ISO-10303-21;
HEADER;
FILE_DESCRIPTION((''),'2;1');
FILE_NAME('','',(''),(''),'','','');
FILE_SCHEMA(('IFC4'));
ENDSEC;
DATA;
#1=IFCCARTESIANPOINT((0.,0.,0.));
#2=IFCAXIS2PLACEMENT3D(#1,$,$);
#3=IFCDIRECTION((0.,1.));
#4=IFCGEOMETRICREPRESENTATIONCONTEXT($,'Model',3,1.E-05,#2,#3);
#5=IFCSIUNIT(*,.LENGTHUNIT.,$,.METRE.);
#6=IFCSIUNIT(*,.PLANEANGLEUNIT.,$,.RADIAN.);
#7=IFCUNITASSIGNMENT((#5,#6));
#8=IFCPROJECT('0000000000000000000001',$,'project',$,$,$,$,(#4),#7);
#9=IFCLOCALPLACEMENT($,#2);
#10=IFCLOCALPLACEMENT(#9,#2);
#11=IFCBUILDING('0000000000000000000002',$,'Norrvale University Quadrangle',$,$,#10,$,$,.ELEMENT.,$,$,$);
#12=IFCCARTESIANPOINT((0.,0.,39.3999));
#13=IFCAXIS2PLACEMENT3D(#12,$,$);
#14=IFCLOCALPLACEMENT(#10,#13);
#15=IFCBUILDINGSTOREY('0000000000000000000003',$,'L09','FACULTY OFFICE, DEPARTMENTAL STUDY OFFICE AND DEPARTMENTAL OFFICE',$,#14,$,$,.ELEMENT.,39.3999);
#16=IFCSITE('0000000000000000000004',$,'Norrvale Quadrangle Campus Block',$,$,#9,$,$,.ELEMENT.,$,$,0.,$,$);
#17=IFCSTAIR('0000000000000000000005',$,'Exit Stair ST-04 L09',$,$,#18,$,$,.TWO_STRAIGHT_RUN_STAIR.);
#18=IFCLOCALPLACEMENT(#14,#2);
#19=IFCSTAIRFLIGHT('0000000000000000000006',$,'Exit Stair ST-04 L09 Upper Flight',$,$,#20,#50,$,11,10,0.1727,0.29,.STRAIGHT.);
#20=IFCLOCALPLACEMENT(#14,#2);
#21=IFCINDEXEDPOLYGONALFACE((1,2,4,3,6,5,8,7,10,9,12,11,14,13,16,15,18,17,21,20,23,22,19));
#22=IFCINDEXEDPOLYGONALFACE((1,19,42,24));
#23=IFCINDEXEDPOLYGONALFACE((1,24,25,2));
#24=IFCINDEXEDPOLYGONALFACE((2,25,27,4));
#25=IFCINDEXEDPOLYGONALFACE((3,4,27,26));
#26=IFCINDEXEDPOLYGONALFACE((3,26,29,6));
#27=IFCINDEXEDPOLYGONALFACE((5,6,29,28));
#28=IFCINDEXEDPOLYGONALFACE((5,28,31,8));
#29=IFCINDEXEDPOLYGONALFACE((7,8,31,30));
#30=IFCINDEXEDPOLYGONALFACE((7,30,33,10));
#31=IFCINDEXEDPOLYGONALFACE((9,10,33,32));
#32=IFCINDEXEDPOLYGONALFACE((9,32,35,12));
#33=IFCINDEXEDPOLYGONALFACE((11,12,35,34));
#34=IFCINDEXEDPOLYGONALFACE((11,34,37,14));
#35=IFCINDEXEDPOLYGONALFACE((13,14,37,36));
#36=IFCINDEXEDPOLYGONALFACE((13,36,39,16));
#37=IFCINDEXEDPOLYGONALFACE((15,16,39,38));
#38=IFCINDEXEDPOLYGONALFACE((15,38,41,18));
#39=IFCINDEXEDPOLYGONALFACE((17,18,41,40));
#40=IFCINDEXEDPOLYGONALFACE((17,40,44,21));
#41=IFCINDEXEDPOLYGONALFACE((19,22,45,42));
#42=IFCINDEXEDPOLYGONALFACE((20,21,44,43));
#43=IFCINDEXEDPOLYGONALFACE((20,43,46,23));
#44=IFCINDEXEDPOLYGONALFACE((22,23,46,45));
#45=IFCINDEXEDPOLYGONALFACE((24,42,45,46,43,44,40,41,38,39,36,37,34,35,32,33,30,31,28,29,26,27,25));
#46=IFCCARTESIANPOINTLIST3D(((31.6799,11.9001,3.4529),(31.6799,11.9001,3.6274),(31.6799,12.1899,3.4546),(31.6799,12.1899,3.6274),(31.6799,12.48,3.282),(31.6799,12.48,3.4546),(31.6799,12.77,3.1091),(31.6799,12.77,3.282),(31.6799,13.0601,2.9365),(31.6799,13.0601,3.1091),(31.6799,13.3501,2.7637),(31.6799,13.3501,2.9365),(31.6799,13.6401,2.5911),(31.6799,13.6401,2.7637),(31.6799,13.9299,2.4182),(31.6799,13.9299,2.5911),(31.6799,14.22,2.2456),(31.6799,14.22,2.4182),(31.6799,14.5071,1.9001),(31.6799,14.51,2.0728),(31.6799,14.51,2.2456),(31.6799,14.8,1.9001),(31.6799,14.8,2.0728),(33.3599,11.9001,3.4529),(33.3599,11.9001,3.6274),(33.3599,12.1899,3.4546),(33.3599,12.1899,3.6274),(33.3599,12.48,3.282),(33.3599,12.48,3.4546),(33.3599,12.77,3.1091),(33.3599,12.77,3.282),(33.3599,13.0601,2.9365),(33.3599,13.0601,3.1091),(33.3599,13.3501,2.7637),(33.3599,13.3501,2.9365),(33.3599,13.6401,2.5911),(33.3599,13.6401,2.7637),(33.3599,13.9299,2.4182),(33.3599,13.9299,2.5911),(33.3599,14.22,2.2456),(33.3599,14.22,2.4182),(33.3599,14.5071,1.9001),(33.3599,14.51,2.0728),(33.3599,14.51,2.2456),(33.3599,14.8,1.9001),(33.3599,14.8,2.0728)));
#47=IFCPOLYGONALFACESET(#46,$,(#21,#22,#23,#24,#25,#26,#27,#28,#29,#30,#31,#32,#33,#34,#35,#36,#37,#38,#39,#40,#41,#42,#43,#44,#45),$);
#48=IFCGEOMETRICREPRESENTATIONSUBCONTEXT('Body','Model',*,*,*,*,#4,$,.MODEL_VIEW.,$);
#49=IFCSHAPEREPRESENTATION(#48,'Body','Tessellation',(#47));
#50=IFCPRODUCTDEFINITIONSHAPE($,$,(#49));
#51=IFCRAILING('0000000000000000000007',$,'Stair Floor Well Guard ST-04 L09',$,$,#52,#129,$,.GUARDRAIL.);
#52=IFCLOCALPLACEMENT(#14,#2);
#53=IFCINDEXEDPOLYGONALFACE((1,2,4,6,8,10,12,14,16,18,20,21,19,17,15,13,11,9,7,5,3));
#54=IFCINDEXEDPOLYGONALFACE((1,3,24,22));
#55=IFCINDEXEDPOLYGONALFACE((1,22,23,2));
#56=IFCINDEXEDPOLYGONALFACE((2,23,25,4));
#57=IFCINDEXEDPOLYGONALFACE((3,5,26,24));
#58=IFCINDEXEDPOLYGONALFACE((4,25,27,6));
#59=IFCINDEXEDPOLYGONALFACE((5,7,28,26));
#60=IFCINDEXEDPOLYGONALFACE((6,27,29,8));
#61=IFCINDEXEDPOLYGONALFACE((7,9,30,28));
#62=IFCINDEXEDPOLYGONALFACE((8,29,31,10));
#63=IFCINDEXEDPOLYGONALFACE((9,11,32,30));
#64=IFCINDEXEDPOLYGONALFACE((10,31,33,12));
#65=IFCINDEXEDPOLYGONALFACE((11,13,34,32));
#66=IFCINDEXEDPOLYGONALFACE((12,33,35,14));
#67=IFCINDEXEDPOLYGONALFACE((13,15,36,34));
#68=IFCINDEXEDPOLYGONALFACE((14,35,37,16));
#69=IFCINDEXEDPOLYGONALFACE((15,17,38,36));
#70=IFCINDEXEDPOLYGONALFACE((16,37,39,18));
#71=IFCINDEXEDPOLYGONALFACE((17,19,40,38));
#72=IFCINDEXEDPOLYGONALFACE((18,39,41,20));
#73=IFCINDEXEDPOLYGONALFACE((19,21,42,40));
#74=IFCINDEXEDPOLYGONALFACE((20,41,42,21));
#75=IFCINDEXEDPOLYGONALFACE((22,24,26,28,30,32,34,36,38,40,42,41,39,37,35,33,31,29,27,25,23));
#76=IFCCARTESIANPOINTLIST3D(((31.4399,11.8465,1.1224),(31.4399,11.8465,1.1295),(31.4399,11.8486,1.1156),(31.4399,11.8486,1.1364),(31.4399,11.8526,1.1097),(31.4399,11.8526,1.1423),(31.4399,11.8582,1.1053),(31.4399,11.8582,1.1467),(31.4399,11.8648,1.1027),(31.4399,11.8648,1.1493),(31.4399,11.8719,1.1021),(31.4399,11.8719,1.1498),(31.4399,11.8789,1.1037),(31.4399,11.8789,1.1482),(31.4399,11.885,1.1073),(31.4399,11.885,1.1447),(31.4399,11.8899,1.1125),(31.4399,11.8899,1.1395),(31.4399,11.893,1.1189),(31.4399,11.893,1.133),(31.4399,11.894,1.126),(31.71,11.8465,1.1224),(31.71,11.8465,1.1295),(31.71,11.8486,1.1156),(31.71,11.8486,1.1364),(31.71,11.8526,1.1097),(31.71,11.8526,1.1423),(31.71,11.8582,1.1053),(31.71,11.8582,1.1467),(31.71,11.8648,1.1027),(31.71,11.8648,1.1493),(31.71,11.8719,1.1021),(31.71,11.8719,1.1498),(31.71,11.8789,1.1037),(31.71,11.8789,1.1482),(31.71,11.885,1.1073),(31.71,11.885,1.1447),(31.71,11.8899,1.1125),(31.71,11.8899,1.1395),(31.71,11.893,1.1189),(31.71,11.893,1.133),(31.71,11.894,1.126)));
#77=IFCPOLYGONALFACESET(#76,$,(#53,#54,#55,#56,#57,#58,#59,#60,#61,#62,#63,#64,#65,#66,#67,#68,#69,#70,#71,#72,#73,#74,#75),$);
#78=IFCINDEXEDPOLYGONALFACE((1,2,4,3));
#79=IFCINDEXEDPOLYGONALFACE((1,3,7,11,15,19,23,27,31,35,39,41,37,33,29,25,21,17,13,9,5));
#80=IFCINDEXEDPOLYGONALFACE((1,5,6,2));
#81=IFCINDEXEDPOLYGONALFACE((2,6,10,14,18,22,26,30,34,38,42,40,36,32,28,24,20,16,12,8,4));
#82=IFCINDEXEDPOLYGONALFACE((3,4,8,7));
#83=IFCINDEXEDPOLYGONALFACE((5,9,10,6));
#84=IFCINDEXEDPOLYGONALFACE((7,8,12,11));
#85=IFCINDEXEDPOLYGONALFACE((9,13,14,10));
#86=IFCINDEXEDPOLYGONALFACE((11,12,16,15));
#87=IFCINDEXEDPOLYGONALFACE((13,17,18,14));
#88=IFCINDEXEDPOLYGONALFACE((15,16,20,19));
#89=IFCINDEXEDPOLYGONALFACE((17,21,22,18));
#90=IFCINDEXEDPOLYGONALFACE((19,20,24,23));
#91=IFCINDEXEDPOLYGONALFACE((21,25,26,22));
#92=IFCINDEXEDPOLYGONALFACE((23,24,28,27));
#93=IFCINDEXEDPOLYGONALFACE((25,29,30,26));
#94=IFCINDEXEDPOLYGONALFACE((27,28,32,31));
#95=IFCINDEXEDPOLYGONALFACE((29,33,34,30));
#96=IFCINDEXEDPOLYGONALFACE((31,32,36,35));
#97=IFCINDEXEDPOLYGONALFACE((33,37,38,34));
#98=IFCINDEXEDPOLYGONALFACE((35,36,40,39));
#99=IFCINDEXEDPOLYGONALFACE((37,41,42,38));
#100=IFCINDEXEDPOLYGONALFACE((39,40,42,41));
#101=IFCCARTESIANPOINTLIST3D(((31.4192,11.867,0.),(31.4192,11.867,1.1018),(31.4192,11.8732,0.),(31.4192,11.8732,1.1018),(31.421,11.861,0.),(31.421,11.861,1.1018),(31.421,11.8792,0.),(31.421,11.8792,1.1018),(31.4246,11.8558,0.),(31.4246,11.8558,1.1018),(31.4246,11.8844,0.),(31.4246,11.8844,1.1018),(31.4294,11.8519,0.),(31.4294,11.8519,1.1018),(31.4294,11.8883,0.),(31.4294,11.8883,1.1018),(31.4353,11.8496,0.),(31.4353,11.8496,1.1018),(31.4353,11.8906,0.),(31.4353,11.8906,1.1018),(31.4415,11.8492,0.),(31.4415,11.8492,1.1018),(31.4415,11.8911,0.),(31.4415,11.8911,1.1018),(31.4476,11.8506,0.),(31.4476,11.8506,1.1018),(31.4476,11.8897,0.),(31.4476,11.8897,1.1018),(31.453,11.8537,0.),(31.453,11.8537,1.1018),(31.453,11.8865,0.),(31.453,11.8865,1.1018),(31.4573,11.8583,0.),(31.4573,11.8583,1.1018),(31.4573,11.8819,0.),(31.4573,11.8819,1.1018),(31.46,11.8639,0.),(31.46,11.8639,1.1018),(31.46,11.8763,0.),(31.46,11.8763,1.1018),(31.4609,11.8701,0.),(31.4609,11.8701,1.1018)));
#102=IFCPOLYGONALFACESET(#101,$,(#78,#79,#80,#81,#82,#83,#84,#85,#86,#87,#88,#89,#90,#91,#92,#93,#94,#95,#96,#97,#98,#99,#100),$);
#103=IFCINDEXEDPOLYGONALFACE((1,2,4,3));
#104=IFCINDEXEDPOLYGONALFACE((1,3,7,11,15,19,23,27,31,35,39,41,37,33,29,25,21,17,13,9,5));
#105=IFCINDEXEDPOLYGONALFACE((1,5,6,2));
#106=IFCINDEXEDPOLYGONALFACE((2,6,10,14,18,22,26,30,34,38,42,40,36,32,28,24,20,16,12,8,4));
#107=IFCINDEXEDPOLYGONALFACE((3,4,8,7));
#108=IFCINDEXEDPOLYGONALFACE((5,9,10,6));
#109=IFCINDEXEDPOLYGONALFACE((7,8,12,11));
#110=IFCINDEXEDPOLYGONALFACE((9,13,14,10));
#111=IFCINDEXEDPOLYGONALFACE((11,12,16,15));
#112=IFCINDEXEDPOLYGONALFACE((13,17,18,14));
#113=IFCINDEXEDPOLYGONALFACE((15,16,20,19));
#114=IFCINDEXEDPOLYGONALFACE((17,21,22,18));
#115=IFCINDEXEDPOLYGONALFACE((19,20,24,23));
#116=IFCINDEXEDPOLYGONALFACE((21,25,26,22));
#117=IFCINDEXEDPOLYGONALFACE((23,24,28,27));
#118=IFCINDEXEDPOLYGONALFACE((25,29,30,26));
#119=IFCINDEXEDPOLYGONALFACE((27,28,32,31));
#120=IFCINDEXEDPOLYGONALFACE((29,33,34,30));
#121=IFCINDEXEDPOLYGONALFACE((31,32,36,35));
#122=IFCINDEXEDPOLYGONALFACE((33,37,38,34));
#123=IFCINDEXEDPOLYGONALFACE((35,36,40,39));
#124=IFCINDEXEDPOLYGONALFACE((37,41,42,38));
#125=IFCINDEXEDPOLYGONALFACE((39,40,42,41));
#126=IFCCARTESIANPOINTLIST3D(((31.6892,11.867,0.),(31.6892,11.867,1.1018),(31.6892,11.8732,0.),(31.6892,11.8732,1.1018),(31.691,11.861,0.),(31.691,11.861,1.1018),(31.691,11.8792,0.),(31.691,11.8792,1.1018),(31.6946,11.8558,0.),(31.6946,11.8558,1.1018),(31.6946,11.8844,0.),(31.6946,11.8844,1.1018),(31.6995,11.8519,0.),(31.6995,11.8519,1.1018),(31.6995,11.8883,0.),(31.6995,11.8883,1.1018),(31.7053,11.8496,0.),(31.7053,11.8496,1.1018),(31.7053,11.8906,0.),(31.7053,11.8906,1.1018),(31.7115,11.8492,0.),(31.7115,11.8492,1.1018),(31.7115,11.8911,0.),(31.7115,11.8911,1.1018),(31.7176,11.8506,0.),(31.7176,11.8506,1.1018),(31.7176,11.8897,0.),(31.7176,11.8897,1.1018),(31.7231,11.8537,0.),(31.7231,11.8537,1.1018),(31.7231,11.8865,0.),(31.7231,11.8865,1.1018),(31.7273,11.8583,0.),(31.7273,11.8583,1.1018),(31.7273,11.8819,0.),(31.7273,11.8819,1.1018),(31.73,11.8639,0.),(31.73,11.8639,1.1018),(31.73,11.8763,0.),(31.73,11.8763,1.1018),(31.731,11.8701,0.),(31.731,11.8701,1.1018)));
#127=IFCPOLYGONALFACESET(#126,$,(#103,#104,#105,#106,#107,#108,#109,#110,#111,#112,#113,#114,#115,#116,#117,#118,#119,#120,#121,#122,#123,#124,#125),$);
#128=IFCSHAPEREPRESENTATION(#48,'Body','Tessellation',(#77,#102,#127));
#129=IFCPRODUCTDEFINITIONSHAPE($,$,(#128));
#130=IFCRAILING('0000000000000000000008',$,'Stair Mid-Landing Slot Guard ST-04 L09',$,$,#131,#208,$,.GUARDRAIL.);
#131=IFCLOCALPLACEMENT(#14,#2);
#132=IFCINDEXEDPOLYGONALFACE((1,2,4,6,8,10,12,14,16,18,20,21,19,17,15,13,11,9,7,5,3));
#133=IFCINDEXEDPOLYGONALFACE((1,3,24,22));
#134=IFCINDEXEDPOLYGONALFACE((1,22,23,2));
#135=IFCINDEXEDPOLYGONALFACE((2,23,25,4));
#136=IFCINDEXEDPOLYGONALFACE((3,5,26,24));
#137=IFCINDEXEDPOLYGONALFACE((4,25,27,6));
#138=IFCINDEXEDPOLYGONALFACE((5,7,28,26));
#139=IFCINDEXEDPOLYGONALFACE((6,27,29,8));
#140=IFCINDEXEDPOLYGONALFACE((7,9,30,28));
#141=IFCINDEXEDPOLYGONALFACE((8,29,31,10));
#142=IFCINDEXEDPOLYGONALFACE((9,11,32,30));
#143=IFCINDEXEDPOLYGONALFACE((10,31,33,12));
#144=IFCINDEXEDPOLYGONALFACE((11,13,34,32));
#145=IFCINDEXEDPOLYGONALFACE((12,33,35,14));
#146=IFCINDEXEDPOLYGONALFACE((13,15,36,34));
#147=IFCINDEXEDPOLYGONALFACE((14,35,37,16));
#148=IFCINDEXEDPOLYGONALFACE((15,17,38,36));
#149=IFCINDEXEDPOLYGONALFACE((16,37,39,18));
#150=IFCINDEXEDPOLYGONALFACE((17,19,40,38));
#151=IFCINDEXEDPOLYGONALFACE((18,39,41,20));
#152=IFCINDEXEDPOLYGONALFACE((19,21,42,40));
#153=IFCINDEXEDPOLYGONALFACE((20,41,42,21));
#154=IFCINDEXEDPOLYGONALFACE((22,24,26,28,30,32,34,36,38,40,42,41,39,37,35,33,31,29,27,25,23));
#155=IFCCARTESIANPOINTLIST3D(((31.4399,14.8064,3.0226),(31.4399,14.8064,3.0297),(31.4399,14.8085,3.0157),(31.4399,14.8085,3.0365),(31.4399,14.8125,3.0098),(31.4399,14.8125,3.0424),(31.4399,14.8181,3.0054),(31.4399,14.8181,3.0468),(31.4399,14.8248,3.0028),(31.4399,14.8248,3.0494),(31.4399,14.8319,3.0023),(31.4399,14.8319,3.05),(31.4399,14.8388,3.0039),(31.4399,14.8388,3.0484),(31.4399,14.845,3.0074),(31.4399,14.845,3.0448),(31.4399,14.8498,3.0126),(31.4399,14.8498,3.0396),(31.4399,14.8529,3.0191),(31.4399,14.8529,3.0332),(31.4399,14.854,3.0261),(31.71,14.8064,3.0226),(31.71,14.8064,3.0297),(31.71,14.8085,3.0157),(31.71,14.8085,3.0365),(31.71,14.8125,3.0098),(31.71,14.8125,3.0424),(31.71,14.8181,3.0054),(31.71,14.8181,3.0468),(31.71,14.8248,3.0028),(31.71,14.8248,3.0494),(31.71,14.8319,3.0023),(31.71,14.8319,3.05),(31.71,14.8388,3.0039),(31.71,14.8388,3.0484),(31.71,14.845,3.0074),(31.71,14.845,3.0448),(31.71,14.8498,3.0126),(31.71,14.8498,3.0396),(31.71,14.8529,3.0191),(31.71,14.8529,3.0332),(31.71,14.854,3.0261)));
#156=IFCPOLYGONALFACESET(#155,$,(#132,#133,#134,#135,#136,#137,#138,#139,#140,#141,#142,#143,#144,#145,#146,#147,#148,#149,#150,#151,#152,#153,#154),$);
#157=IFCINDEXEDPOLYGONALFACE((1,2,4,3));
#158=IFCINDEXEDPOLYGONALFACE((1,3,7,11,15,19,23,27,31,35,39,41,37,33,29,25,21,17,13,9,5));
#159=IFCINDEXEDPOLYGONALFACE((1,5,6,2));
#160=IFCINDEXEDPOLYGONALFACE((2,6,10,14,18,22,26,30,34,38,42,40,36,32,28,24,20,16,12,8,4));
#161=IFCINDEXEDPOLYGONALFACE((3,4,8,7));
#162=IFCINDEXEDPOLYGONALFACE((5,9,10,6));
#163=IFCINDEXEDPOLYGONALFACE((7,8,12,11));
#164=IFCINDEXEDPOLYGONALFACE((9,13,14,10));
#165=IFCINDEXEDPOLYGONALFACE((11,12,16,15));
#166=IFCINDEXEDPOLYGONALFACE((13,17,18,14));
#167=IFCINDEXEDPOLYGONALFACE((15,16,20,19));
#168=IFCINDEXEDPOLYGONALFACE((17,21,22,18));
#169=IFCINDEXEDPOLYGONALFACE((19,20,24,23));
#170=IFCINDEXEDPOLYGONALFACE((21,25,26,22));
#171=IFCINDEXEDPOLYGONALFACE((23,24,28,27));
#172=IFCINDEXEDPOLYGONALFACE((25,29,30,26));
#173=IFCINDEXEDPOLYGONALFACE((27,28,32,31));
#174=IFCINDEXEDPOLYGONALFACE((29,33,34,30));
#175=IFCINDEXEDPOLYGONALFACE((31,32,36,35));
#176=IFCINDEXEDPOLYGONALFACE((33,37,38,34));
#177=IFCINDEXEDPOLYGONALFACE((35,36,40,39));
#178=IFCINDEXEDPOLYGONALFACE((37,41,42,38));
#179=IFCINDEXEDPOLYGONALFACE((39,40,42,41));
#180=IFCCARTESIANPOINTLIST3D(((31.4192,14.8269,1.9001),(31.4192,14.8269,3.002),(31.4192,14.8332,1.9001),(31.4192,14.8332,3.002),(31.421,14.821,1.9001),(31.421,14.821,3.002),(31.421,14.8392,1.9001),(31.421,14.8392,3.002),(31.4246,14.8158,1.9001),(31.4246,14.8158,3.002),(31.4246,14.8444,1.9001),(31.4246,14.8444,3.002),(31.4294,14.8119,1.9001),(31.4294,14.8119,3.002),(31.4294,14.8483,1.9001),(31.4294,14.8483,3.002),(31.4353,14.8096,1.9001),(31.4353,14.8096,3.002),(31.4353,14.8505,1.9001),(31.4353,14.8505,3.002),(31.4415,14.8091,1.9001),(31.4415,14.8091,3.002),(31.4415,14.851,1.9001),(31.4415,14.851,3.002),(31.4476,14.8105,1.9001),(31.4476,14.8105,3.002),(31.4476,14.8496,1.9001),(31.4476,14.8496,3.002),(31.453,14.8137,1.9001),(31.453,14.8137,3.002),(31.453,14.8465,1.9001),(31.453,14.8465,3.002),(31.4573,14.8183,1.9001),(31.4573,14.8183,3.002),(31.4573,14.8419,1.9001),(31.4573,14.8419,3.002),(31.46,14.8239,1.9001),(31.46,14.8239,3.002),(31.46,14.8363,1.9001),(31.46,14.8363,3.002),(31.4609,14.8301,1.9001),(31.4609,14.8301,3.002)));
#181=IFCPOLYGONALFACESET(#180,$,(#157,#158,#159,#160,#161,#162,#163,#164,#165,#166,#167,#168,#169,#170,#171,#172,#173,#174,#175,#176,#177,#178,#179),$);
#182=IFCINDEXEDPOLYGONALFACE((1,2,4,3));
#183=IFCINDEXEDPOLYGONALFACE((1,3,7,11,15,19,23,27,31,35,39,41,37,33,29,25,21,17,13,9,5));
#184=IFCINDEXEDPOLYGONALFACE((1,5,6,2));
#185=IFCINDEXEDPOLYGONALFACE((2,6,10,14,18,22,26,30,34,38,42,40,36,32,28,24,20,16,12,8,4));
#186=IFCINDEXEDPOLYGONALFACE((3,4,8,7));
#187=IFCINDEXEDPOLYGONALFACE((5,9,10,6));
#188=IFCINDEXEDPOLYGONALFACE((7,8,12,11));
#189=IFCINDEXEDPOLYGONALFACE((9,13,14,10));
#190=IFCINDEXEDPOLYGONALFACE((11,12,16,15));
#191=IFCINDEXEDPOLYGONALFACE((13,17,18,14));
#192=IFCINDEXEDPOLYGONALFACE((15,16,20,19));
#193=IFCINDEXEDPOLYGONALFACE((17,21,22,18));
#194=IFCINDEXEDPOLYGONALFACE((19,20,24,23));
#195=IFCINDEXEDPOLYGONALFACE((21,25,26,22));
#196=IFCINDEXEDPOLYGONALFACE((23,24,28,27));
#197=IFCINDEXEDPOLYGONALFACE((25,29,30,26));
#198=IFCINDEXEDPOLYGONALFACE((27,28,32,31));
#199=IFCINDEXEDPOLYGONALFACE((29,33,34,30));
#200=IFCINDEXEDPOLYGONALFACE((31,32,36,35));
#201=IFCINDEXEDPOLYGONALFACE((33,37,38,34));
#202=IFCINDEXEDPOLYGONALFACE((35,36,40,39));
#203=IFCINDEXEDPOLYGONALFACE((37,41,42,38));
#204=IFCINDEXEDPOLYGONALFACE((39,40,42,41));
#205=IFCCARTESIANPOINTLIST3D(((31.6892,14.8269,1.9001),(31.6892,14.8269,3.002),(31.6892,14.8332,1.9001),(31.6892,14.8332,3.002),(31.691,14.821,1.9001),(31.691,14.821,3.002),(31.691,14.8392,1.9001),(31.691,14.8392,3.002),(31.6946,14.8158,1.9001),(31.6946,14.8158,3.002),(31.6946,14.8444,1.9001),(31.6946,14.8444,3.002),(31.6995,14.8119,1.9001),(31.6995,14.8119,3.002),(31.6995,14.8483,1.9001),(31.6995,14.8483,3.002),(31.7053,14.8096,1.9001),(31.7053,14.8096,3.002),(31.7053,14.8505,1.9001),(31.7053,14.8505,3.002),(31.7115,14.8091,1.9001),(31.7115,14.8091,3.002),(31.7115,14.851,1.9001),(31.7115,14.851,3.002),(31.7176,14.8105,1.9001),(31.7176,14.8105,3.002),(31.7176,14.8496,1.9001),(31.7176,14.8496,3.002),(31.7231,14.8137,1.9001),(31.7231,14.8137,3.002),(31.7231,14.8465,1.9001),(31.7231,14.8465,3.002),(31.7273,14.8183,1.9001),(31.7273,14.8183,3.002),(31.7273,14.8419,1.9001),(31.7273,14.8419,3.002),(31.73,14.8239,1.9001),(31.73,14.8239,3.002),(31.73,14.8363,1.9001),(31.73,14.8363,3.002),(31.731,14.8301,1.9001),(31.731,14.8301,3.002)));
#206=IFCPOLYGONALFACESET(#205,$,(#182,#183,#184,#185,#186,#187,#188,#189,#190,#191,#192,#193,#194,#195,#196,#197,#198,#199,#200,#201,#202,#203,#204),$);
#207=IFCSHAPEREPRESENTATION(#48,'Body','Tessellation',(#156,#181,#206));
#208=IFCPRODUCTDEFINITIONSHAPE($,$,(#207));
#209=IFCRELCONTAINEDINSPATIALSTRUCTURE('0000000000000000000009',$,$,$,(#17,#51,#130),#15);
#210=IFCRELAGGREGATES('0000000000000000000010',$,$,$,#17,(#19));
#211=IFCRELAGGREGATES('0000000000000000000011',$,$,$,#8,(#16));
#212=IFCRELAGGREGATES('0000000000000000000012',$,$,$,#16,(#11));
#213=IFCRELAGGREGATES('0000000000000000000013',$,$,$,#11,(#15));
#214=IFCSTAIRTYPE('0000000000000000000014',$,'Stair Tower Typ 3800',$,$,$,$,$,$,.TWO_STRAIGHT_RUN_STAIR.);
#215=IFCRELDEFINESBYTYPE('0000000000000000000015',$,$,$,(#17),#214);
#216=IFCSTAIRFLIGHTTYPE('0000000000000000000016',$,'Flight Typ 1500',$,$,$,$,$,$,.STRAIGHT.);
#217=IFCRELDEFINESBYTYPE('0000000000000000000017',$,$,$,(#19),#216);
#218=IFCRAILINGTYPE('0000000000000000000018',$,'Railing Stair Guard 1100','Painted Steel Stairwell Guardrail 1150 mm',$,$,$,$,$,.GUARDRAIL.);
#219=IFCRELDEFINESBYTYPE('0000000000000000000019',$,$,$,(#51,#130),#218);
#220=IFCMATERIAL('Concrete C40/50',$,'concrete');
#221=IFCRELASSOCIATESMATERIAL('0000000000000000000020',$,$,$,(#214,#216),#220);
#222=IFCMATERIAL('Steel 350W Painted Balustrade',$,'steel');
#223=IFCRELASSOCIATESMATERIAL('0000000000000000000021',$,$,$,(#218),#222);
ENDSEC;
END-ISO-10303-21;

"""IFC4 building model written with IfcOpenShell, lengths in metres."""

from ifc_helpers import new_model, si_unit, direction, frame, origin, origin_2d, place, context, subcontext, project, spatial, polyline, circle, outline, extrude, material, type_object, element, aggregate, save


model = new_model("IFC4")

# Units and contexts
model_context = context("Model", 3, precision=1e-05, world=origin(), true_north=direction((0.0, 1.0)))
body_context = subcontext(model_context, "Body", "Model", "MODEL_VIEW")
ifc_project = project(units=[si_unit("LENGTHUNIT", "METRE"), si_unit("PLANEANGLEUNIT", "RADIAN")], contexts=[model_context])

# Site, building, storey
site_placement = place(None, origin())
site = spatial("IfcSite", under=ifc_project, at=site_placement, Name="Norrvale Quadrangle Campus Block", CompositionType="ELEMENT", RefElevation=0.0)
building_placement = place(site_placement, origin())
building = spatial("IfcBuilding", under=site, at=building_placement, Name="Norrvale University Quadrangle", CompositionType="ELEMENT")
storey_placement = place(building_placement, frame((0.0, 0.0, 39.3999)))
storey = spatial("IfcBuildingStorey", under=building, at=storey_placement, Name="L09", Description="FACULTY OFFICE, DEPARTMENTAL STUDY OFFICE AND DEPARTMENTAL OFFICE", CompositionType="ELEMENT", Elevation=39.3999)

# Stair, stair flight
ifc_material_1 = material(Name="Concrete C40/50", Category="concrete")
stair_type = type_object("IfcStairType", Name="Stair Tower Typ 3800", PredefinedType="TWO_STRAIGHT_RUN_STAIR", material=ifc_material_1)
stair_placement = place(storey_placement, origin())
stair = element("IfcStair", 1, at=stair_placement, inside=storey, type_object=stair_type, Name="Exit Stair ST-04 L09", PredefinedType="TWO_STRAIGHT_RUN_STAIR")
stair_flight_type = type_object("IfcStairFlightType", Name="Flight Typ 1500", PredefinedType="STRAIGHT", material=ifc_material_1)
stair_flight_1_placement = place(storey_placement, frame((32.52, 14.8, 1.9001), z_axis=(0.0, 0.0, 1.0), x_axis=(0.0, -1.0, 0.0)))
stair_flight_1 = element("IfcStairFlight", 2, at=stair_flight_1_placement, type_object=stair_flight_type, Name="Exit Stair ST-04 L09 Upper Flight", NumberOfRisers=11, NumberOfTreads=10, PredefinedType="STRAIGHT", RiserHeight=0.1727, TreadLength=0.29, context=body_context, shape_type="SweptSolid", body=[
    extrude(outline(polyline([(0.0, 0.0), (0.0, 0.1726), (0.29, 0.1726), (0.29, 0.3455), (0.5801, 0.3455), (0.5801, 0.5181), (0.8701, 0.5181), (0.8701, 0.6909), (1.1599, 0.6909), (1.1599, 0.8635), (1.45, 0.8635), (1.45, 1.0364), (1.74, 1.0364), (1.74, 1.209), (2.03, 1.209), (2.03, 1.3818), (2.3201, 1.3818), (2.3201, 1.5544), (2.6101, 1.5544), (2.6101, 1.7273), (2.8999, 1.7273), (2.8999, 1.8999), (2.8999, 1.5527), (0.293, 0.0), (0.0, 0.0)])), frame((0.0, 0.8398, 0.0), z_axis=(0.0, -1.0, 0.0), x_axis=(1.0, 0.0, 0.0)), (0.0, 0.0, 1.0), 1.6799),
])
aggregate(stair, [stair_flight_1])

# Railings
ifc_material_2 = material(Name="Steel 350W Painted Balustrade", Category="steel")
railing_type_1 = type_object("IfcRailingType", Name="Railing Stair Guard 1100", Description="Painted Steel Stairwell Guardrail 1150 mm", PredefinedType="GUARDRAIL", material=ifc_material_2)
for number, where, name in (
    (3, (31.4399, 11.8701, 0.0), "Stair Floor Well Guard ST-04 L09"),
    (4, (31.4399, 14.8301, 1.9001), "Stair Mid-Landing Slot Guard ST-04 L09"),
):
    element("IfcRailing", number, at=place(storey_placement, frame(where)), inside=storey, type_object=railing_type_1, Name=name, PredefinedType="GUARDRAIL", context=body_context, shape_type="SweptSolid", body=[
        extrude(circle(Radius=0.0239, at=origin_2d()), frame((0.0, 0.0, 1.126), z_axis=(1.0, 0.0, 0.0), x_axis=(0.0, 1.0, 0.0)), (0.0, 0.0, 1.0), 0.27),
        extrude(circle(Radius=0.021, at=origin_2d()), origin(), (0.0, 0.0, 1.0), 1.1018),
        extrude(circle(Radius=0.021, at=origin_2d()), frame((0.27, 0.0, 0.0)), (0.0, 0.0, 1.0), 1.1018),
    ])

save(model, "model.ifc")
